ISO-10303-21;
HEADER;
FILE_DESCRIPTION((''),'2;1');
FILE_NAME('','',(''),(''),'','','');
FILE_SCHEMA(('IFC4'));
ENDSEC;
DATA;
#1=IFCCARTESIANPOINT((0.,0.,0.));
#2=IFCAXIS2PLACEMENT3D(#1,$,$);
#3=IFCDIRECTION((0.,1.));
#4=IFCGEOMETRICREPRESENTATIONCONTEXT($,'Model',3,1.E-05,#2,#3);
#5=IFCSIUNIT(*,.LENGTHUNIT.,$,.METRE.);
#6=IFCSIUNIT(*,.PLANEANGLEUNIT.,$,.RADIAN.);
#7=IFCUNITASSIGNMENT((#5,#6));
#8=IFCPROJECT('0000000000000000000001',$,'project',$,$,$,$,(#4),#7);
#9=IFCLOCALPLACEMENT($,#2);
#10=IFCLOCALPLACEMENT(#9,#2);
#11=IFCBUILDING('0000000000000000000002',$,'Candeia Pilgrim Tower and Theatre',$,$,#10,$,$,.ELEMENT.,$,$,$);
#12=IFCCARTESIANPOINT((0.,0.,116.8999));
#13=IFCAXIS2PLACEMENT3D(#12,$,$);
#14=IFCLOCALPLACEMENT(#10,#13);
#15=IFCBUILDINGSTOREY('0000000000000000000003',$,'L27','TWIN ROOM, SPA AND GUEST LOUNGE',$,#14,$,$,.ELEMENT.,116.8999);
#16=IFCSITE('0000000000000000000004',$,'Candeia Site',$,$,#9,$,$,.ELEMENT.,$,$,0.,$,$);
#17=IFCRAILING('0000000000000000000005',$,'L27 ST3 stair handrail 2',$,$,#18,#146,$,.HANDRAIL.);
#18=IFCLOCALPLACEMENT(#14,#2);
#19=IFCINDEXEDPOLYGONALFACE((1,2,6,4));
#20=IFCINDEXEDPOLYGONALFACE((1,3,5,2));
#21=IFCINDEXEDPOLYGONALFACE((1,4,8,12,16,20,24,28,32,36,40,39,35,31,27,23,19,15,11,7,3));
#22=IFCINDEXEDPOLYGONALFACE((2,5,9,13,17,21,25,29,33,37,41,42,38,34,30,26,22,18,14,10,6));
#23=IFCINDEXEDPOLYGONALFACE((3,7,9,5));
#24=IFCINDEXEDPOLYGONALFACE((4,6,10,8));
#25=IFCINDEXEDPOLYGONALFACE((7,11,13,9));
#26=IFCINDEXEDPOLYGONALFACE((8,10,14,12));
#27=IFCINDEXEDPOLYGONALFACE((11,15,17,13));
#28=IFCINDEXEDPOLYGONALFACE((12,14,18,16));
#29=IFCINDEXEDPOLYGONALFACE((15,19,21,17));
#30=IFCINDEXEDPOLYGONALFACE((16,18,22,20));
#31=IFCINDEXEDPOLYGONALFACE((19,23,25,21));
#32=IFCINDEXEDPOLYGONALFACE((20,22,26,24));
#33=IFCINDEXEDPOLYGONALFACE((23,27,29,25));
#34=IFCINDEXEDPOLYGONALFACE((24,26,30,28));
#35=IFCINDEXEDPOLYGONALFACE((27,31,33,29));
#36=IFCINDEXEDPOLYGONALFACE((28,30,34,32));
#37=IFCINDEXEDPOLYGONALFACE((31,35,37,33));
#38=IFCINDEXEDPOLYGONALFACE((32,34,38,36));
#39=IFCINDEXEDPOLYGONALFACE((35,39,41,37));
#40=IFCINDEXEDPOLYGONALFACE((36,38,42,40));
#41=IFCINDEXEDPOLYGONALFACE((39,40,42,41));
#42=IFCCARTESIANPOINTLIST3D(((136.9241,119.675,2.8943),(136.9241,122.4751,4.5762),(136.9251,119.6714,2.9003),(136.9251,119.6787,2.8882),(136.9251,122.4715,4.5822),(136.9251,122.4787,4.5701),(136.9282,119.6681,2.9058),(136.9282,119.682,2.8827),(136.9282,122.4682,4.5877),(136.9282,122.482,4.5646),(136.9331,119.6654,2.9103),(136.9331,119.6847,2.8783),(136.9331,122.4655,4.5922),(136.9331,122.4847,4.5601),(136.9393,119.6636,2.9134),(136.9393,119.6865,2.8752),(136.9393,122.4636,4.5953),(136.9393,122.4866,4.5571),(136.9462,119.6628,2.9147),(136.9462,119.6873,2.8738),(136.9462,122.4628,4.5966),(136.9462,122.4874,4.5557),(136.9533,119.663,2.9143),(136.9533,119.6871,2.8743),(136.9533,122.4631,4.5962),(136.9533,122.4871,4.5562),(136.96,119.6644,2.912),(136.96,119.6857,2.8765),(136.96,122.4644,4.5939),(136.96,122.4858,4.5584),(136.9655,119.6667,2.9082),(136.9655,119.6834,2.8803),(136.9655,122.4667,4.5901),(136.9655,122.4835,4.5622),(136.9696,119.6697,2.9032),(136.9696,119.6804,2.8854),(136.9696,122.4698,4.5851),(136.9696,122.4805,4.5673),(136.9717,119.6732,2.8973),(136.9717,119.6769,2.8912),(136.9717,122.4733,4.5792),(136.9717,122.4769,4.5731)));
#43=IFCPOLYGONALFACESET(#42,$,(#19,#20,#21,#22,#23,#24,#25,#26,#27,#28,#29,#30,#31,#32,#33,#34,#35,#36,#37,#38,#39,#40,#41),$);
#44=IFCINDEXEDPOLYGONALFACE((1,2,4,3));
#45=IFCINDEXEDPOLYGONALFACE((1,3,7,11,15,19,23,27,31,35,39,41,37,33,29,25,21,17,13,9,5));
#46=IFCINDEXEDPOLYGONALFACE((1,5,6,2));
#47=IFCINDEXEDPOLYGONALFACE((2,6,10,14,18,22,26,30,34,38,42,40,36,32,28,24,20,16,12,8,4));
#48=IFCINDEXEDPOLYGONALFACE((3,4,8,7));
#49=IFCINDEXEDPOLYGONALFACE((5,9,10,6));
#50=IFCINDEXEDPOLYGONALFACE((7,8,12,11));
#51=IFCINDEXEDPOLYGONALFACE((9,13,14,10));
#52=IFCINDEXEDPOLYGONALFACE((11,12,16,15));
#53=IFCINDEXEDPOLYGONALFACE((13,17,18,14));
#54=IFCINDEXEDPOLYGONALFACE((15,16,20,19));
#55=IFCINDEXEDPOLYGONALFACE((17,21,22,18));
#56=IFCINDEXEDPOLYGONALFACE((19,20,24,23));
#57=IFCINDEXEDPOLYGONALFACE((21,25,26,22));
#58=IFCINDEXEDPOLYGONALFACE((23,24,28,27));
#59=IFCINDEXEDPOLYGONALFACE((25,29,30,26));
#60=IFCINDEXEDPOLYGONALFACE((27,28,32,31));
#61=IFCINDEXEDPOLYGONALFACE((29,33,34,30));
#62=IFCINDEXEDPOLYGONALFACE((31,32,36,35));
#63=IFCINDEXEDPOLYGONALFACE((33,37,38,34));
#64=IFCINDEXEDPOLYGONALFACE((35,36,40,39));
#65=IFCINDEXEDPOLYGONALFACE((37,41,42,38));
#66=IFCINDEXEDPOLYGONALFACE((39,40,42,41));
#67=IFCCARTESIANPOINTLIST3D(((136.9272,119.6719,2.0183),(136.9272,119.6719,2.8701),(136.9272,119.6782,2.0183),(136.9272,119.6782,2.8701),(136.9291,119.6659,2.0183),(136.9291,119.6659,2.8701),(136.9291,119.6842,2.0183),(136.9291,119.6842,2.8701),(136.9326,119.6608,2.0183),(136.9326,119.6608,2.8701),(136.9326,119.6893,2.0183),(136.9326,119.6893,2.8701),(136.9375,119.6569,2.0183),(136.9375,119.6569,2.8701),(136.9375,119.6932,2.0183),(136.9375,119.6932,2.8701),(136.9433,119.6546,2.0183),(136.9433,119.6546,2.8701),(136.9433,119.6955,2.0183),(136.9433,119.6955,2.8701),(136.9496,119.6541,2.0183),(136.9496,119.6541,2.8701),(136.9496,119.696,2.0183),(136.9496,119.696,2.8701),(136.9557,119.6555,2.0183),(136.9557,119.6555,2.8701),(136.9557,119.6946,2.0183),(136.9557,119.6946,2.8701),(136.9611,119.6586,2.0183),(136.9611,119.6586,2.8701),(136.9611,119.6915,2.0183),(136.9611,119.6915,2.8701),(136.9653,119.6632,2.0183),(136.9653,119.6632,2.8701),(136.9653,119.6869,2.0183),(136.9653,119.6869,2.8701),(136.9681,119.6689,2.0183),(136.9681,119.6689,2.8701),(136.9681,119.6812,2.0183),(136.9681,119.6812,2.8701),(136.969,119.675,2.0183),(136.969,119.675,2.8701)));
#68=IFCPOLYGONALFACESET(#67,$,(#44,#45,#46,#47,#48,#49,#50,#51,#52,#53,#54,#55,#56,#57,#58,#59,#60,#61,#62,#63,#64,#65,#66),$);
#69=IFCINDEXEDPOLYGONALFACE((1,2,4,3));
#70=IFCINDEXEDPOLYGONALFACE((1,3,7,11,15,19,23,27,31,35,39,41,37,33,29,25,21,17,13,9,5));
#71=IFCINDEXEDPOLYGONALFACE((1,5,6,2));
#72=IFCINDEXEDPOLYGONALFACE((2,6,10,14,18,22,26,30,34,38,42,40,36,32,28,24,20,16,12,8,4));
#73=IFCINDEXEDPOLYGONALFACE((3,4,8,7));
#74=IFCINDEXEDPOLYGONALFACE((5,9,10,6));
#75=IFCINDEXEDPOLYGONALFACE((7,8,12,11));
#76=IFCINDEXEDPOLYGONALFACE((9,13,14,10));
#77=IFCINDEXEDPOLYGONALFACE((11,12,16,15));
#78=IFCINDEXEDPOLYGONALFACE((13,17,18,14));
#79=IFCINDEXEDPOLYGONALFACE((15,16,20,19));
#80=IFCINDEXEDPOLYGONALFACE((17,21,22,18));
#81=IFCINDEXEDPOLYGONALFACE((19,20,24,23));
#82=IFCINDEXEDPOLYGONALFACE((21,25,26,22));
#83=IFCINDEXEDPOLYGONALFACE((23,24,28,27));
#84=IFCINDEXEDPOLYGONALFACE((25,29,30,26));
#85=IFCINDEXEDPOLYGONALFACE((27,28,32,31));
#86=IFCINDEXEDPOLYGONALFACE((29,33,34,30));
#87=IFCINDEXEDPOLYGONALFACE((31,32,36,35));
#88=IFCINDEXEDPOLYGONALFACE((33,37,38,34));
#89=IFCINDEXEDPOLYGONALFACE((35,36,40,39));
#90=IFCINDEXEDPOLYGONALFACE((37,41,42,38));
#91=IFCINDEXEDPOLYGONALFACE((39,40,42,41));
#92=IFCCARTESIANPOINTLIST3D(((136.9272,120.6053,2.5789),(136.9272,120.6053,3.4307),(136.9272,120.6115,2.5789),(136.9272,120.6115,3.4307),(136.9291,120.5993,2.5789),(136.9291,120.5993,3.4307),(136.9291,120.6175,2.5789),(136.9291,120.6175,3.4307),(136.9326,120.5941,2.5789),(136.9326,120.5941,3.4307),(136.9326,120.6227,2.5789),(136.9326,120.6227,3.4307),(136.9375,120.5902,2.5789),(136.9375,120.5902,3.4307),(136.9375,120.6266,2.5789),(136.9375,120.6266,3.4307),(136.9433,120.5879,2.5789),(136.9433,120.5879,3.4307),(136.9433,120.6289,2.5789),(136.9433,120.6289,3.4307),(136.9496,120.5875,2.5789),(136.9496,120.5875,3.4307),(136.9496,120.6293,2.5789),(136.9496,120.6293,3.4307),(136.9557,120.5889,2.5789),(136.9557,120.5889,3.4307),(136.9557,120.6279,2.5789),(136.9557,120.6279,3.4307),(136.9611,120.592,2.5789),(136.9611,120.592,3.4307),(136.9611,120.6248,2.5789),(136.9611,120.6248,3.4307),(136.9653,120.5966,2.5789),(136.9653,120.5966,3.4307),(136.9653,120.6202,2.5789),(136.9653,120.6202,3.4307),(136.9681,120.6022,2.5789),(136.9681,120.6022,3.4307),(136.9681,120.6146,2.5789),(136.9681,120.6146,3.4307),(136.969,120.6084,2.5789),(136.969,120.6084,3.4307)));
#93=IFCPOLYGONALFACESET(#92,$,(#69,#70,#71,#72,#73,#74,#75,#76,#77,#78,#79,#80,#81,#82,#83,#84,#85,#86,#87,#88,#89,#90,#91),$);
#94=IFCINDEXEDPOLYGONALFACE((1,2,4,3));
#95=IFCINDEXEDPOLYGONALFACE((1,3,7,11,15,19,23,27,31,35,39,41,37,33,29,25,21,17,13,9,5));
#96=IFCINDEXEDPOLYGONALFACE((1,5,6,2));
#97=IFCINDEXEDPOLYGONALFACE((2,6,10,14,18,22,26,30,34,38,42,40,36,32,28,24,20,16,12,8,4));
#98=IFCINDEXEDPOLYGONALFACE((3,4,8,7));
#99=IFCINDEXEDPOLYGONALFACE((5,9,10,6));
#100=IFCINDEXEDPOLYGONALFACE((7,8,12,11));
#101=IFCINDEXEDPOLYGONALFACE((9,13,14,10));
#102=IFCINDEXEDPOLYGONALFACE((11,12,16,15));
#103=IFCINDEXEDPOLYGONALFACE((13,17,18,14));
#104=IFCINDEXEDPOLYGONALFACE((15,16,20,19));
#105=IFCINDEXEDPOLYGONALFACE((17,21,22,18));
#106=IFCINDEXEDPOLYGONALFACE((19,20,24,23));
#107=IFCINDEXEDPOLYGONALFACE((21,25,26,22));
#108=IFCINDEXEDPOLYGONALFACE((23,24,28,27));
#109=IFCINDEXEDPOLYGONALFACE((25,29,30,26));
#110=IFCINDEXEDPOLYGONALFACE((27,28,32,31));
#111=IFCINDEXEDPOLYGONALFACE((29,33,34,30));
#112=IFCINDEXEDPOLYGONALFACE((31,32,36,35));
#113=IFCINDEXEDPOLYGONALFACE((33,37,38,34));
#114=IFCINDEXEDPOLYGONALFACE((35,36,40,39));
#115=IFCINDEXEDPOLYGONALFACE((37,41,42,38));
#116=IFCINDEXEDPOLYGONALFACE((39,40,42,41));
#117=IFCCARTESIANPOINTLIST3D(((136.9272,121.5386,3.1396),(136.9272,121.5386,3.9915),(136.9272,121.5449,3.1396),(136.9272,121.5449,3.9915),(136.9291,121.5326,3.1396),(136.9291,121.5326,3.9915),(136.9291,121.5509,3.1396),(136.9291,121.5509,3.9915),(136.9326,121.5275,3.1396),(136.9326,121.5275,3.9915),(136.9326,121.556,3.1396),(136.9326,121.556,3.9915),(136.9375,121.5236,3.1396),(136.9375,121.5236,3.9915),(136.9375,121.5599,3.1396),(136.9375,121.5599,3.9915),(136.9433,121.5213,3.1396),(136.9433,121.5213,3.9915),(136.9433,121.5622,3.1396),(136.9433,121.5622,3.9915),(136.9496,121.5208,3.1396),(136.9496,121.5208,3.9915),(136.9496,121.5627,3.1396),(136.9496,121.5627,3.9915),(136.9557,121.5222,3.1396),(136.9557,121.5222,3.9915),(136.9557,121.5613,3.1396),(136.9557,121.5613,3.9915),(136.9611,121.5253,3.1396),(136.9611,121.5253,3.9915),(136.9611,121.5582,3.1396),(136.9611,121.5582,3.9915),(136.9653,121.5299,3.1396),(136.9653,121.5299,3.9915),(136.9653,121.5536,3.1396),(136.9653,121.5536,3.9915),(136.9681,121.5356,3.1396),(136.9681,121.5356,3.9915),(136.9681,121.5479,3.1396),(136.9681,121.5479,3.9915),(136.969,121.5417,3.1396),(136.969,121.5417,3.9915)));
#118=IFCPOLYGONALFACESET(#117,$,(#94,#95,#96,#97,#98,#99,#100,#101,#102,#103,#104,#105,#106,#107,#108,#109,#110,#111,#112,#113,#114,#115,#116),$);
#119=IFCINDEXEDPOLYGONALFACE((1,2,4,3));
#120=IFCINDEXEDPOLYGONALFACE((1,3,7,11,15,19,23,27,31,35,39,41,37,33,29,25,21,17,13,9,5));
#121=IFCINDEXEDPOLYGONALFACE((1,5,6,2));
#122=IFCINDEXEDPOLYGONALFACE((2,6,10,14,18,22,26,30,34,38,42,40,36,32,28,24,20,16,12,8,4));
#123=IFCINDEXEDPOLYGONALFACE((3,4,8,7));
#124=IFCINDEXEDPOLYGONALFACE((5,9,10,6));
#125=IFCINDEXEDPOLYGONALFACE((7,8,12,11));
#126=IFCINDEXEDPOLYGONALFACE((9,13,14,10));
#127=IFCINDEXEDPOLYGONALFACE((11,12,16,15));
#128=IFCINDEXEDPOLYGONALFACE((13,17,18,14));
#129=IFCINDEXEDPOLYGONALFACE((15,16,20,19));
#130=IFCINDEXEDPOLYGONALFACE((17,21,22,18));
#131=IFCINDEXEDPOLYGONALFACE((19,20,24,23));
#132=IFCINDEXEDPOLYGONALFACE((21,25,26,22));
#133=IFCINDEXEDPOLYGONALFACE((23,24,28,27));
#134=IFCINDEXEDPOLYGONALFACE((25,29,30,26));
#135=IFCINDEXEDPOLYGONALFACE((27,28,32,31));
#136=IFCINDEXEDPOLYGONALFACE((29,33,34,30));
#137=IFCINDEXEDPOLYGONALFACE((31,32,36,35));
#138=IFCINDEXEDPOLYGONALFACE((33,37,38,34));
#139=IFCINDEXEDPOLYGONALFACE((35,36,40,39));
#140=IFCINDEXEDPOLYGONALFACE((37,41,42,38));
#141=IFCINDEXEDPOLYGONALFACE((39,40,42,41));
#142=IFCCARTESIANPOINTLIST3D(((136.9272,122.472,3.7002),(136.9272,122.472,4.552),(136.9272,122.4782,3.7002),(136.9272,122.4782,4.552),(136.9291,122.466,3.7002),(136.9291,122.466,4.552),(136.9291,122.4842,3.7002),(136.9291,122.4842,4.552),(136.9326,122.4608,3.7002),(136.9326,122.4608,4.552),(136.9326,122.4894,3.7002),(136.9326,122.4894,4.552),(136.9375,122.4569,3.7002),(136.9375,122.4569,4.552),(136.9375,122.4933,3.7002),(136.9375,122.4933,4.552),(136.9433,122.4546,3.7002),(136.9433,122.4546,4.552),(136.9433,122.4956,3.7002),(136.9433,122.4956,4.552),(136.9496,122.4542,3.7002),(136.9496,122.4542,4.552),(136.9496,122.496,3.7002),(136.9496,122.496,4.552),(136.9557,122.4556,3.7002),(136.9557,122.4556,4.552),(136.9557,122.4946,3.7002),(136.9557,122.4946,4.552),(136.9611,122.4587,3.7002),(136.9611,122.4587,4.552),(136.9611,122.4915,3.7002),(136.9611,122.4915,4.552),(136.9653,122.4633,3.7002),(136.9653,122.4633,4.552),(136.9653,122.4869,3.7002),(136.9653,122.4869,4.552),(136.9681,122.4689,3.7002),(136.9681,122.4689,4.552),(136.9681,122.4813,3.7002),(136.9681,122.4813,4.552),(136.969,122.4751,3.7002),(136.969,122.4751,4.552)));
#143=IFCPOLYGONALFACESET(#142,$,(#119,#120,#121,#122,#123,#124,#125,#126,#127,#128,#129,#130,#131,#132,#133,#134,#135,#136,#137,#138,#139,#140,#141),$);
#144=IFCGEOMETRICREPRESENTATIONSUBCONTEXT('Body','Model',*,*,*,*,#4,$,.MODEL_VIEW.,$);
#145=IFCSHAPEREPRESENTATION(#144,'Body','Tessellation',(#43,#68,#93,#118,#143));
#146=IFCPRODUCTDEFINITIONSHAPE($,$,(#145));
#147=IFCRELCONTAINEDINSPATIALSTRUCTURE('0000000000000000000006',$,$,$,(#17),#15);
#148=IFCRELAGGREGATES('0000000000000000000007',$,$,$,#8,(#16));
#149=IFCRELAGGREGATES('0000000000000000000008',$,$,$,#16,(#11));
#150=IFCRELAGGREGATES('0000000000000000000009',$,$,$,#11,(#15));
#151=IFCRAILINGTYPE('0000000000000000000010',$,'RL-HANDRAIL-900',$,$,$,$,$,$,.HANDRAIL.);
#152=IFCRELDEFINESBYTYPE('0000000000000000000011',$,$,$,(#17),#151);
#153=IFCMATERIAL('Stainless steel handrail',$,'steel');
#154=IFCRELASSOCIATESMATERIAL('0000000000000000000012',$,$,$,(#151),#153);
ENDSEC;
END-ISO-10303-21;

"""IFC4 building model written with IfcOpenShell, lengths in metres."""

from ifc_helpers import new_model, si_unit, direction, frame, origin, origin_2d, place, context, subcontext, project, spatial, circle, extrude, material, type_object, element, save


model = new_model("IFC4")

# Units and contexts
model_context = context("Model", 3, precision=1e-05, world=origin(), true_north=direction((0.0, 1.0)))
body_context = subcontext(model_context, "Body", "Model", "MODEL_VIEW")
ifc_project = project(units=[si_unit("LENGTHUNIT", "METRE"), si_unit("PLANEANGLEUNIT", "RADIAN")], contexts=[model_context])

# Site, building, storey
site_placement = place(None, origin())
site = spatial("IfcSite", under=ifc_project, at=site_placement, Name="Candeia Site", CompositionType="ELEMENT", RefElevation=0.0)
building_placement = place(site_placement, origin())
building = spatial("IfcBuilding", under=site, at=building_placement, Name="Candeia Pilgrim Tower and Theatre", CompositionType="ELEMENT")
storey_placement = place(building_placement, frame((0.0, 0.0, 116.8999)))
storey = spatial("IfcBuildingStorey", under=building, at=storey_placement, Name="L27", Description="TWIN ROOM, SPA AND GUEST LOUNGE", CompositionType="ELEMENT", Elevation=116.8999)

# Railing
ifc_material_1 = material(Name="Stainless steel handrail", Category="steel")
railing_type_1 = type_object("IfcRailingType", Name="RL-HANDRAIL-900", PredefinedType="HANDRAIL", material=ifc_material_1)
railing_1_placement = place(storey_placement, frame((136.948, 119.675, 2.0183)))
element("IfcRailing", 1, at=railing_1_placement, inside=storey, type_object=railing_type_1, Name="L27 ST3 stair handrail 2", PredefinedType="HANDRAIL", context=body_context, shape_type="SweptSolid", body=[
    extrude(circle(Radius=0.0239, at=origin_2d()), frame((0.0, 0.0, 0.876), z_axis=(0.0, 0.857242, 0.514913), x_axis=(-1.0, 0.0, 0.0)), (0.0, 0.0, 1.0), 3.2664),
    extrude(circle(Radius=0.021, at=origin_2d()), origin(), (0.0, 0.0, 1.0), 0.8518),
    extrude(circle(Radius=0.021, at=origin_2d()), frame((0.0, 0.9333, 0.5605)), (0.0, 0.0, 1.0), 0.8518),
    extrude(circle(Radius=0.021, at=origin_2d()), frame((0.0, 1.8667, 1.1213)), (0.0, 0.0, 1.0), 0.8518),
    extrude(circle(Radius=0.021, at=origin_2d()), frame((0.0, 2.8, 1.6819)), (0.0, 0.0, 1.0), 0.8518),
])

save(model, "model.ifc")
